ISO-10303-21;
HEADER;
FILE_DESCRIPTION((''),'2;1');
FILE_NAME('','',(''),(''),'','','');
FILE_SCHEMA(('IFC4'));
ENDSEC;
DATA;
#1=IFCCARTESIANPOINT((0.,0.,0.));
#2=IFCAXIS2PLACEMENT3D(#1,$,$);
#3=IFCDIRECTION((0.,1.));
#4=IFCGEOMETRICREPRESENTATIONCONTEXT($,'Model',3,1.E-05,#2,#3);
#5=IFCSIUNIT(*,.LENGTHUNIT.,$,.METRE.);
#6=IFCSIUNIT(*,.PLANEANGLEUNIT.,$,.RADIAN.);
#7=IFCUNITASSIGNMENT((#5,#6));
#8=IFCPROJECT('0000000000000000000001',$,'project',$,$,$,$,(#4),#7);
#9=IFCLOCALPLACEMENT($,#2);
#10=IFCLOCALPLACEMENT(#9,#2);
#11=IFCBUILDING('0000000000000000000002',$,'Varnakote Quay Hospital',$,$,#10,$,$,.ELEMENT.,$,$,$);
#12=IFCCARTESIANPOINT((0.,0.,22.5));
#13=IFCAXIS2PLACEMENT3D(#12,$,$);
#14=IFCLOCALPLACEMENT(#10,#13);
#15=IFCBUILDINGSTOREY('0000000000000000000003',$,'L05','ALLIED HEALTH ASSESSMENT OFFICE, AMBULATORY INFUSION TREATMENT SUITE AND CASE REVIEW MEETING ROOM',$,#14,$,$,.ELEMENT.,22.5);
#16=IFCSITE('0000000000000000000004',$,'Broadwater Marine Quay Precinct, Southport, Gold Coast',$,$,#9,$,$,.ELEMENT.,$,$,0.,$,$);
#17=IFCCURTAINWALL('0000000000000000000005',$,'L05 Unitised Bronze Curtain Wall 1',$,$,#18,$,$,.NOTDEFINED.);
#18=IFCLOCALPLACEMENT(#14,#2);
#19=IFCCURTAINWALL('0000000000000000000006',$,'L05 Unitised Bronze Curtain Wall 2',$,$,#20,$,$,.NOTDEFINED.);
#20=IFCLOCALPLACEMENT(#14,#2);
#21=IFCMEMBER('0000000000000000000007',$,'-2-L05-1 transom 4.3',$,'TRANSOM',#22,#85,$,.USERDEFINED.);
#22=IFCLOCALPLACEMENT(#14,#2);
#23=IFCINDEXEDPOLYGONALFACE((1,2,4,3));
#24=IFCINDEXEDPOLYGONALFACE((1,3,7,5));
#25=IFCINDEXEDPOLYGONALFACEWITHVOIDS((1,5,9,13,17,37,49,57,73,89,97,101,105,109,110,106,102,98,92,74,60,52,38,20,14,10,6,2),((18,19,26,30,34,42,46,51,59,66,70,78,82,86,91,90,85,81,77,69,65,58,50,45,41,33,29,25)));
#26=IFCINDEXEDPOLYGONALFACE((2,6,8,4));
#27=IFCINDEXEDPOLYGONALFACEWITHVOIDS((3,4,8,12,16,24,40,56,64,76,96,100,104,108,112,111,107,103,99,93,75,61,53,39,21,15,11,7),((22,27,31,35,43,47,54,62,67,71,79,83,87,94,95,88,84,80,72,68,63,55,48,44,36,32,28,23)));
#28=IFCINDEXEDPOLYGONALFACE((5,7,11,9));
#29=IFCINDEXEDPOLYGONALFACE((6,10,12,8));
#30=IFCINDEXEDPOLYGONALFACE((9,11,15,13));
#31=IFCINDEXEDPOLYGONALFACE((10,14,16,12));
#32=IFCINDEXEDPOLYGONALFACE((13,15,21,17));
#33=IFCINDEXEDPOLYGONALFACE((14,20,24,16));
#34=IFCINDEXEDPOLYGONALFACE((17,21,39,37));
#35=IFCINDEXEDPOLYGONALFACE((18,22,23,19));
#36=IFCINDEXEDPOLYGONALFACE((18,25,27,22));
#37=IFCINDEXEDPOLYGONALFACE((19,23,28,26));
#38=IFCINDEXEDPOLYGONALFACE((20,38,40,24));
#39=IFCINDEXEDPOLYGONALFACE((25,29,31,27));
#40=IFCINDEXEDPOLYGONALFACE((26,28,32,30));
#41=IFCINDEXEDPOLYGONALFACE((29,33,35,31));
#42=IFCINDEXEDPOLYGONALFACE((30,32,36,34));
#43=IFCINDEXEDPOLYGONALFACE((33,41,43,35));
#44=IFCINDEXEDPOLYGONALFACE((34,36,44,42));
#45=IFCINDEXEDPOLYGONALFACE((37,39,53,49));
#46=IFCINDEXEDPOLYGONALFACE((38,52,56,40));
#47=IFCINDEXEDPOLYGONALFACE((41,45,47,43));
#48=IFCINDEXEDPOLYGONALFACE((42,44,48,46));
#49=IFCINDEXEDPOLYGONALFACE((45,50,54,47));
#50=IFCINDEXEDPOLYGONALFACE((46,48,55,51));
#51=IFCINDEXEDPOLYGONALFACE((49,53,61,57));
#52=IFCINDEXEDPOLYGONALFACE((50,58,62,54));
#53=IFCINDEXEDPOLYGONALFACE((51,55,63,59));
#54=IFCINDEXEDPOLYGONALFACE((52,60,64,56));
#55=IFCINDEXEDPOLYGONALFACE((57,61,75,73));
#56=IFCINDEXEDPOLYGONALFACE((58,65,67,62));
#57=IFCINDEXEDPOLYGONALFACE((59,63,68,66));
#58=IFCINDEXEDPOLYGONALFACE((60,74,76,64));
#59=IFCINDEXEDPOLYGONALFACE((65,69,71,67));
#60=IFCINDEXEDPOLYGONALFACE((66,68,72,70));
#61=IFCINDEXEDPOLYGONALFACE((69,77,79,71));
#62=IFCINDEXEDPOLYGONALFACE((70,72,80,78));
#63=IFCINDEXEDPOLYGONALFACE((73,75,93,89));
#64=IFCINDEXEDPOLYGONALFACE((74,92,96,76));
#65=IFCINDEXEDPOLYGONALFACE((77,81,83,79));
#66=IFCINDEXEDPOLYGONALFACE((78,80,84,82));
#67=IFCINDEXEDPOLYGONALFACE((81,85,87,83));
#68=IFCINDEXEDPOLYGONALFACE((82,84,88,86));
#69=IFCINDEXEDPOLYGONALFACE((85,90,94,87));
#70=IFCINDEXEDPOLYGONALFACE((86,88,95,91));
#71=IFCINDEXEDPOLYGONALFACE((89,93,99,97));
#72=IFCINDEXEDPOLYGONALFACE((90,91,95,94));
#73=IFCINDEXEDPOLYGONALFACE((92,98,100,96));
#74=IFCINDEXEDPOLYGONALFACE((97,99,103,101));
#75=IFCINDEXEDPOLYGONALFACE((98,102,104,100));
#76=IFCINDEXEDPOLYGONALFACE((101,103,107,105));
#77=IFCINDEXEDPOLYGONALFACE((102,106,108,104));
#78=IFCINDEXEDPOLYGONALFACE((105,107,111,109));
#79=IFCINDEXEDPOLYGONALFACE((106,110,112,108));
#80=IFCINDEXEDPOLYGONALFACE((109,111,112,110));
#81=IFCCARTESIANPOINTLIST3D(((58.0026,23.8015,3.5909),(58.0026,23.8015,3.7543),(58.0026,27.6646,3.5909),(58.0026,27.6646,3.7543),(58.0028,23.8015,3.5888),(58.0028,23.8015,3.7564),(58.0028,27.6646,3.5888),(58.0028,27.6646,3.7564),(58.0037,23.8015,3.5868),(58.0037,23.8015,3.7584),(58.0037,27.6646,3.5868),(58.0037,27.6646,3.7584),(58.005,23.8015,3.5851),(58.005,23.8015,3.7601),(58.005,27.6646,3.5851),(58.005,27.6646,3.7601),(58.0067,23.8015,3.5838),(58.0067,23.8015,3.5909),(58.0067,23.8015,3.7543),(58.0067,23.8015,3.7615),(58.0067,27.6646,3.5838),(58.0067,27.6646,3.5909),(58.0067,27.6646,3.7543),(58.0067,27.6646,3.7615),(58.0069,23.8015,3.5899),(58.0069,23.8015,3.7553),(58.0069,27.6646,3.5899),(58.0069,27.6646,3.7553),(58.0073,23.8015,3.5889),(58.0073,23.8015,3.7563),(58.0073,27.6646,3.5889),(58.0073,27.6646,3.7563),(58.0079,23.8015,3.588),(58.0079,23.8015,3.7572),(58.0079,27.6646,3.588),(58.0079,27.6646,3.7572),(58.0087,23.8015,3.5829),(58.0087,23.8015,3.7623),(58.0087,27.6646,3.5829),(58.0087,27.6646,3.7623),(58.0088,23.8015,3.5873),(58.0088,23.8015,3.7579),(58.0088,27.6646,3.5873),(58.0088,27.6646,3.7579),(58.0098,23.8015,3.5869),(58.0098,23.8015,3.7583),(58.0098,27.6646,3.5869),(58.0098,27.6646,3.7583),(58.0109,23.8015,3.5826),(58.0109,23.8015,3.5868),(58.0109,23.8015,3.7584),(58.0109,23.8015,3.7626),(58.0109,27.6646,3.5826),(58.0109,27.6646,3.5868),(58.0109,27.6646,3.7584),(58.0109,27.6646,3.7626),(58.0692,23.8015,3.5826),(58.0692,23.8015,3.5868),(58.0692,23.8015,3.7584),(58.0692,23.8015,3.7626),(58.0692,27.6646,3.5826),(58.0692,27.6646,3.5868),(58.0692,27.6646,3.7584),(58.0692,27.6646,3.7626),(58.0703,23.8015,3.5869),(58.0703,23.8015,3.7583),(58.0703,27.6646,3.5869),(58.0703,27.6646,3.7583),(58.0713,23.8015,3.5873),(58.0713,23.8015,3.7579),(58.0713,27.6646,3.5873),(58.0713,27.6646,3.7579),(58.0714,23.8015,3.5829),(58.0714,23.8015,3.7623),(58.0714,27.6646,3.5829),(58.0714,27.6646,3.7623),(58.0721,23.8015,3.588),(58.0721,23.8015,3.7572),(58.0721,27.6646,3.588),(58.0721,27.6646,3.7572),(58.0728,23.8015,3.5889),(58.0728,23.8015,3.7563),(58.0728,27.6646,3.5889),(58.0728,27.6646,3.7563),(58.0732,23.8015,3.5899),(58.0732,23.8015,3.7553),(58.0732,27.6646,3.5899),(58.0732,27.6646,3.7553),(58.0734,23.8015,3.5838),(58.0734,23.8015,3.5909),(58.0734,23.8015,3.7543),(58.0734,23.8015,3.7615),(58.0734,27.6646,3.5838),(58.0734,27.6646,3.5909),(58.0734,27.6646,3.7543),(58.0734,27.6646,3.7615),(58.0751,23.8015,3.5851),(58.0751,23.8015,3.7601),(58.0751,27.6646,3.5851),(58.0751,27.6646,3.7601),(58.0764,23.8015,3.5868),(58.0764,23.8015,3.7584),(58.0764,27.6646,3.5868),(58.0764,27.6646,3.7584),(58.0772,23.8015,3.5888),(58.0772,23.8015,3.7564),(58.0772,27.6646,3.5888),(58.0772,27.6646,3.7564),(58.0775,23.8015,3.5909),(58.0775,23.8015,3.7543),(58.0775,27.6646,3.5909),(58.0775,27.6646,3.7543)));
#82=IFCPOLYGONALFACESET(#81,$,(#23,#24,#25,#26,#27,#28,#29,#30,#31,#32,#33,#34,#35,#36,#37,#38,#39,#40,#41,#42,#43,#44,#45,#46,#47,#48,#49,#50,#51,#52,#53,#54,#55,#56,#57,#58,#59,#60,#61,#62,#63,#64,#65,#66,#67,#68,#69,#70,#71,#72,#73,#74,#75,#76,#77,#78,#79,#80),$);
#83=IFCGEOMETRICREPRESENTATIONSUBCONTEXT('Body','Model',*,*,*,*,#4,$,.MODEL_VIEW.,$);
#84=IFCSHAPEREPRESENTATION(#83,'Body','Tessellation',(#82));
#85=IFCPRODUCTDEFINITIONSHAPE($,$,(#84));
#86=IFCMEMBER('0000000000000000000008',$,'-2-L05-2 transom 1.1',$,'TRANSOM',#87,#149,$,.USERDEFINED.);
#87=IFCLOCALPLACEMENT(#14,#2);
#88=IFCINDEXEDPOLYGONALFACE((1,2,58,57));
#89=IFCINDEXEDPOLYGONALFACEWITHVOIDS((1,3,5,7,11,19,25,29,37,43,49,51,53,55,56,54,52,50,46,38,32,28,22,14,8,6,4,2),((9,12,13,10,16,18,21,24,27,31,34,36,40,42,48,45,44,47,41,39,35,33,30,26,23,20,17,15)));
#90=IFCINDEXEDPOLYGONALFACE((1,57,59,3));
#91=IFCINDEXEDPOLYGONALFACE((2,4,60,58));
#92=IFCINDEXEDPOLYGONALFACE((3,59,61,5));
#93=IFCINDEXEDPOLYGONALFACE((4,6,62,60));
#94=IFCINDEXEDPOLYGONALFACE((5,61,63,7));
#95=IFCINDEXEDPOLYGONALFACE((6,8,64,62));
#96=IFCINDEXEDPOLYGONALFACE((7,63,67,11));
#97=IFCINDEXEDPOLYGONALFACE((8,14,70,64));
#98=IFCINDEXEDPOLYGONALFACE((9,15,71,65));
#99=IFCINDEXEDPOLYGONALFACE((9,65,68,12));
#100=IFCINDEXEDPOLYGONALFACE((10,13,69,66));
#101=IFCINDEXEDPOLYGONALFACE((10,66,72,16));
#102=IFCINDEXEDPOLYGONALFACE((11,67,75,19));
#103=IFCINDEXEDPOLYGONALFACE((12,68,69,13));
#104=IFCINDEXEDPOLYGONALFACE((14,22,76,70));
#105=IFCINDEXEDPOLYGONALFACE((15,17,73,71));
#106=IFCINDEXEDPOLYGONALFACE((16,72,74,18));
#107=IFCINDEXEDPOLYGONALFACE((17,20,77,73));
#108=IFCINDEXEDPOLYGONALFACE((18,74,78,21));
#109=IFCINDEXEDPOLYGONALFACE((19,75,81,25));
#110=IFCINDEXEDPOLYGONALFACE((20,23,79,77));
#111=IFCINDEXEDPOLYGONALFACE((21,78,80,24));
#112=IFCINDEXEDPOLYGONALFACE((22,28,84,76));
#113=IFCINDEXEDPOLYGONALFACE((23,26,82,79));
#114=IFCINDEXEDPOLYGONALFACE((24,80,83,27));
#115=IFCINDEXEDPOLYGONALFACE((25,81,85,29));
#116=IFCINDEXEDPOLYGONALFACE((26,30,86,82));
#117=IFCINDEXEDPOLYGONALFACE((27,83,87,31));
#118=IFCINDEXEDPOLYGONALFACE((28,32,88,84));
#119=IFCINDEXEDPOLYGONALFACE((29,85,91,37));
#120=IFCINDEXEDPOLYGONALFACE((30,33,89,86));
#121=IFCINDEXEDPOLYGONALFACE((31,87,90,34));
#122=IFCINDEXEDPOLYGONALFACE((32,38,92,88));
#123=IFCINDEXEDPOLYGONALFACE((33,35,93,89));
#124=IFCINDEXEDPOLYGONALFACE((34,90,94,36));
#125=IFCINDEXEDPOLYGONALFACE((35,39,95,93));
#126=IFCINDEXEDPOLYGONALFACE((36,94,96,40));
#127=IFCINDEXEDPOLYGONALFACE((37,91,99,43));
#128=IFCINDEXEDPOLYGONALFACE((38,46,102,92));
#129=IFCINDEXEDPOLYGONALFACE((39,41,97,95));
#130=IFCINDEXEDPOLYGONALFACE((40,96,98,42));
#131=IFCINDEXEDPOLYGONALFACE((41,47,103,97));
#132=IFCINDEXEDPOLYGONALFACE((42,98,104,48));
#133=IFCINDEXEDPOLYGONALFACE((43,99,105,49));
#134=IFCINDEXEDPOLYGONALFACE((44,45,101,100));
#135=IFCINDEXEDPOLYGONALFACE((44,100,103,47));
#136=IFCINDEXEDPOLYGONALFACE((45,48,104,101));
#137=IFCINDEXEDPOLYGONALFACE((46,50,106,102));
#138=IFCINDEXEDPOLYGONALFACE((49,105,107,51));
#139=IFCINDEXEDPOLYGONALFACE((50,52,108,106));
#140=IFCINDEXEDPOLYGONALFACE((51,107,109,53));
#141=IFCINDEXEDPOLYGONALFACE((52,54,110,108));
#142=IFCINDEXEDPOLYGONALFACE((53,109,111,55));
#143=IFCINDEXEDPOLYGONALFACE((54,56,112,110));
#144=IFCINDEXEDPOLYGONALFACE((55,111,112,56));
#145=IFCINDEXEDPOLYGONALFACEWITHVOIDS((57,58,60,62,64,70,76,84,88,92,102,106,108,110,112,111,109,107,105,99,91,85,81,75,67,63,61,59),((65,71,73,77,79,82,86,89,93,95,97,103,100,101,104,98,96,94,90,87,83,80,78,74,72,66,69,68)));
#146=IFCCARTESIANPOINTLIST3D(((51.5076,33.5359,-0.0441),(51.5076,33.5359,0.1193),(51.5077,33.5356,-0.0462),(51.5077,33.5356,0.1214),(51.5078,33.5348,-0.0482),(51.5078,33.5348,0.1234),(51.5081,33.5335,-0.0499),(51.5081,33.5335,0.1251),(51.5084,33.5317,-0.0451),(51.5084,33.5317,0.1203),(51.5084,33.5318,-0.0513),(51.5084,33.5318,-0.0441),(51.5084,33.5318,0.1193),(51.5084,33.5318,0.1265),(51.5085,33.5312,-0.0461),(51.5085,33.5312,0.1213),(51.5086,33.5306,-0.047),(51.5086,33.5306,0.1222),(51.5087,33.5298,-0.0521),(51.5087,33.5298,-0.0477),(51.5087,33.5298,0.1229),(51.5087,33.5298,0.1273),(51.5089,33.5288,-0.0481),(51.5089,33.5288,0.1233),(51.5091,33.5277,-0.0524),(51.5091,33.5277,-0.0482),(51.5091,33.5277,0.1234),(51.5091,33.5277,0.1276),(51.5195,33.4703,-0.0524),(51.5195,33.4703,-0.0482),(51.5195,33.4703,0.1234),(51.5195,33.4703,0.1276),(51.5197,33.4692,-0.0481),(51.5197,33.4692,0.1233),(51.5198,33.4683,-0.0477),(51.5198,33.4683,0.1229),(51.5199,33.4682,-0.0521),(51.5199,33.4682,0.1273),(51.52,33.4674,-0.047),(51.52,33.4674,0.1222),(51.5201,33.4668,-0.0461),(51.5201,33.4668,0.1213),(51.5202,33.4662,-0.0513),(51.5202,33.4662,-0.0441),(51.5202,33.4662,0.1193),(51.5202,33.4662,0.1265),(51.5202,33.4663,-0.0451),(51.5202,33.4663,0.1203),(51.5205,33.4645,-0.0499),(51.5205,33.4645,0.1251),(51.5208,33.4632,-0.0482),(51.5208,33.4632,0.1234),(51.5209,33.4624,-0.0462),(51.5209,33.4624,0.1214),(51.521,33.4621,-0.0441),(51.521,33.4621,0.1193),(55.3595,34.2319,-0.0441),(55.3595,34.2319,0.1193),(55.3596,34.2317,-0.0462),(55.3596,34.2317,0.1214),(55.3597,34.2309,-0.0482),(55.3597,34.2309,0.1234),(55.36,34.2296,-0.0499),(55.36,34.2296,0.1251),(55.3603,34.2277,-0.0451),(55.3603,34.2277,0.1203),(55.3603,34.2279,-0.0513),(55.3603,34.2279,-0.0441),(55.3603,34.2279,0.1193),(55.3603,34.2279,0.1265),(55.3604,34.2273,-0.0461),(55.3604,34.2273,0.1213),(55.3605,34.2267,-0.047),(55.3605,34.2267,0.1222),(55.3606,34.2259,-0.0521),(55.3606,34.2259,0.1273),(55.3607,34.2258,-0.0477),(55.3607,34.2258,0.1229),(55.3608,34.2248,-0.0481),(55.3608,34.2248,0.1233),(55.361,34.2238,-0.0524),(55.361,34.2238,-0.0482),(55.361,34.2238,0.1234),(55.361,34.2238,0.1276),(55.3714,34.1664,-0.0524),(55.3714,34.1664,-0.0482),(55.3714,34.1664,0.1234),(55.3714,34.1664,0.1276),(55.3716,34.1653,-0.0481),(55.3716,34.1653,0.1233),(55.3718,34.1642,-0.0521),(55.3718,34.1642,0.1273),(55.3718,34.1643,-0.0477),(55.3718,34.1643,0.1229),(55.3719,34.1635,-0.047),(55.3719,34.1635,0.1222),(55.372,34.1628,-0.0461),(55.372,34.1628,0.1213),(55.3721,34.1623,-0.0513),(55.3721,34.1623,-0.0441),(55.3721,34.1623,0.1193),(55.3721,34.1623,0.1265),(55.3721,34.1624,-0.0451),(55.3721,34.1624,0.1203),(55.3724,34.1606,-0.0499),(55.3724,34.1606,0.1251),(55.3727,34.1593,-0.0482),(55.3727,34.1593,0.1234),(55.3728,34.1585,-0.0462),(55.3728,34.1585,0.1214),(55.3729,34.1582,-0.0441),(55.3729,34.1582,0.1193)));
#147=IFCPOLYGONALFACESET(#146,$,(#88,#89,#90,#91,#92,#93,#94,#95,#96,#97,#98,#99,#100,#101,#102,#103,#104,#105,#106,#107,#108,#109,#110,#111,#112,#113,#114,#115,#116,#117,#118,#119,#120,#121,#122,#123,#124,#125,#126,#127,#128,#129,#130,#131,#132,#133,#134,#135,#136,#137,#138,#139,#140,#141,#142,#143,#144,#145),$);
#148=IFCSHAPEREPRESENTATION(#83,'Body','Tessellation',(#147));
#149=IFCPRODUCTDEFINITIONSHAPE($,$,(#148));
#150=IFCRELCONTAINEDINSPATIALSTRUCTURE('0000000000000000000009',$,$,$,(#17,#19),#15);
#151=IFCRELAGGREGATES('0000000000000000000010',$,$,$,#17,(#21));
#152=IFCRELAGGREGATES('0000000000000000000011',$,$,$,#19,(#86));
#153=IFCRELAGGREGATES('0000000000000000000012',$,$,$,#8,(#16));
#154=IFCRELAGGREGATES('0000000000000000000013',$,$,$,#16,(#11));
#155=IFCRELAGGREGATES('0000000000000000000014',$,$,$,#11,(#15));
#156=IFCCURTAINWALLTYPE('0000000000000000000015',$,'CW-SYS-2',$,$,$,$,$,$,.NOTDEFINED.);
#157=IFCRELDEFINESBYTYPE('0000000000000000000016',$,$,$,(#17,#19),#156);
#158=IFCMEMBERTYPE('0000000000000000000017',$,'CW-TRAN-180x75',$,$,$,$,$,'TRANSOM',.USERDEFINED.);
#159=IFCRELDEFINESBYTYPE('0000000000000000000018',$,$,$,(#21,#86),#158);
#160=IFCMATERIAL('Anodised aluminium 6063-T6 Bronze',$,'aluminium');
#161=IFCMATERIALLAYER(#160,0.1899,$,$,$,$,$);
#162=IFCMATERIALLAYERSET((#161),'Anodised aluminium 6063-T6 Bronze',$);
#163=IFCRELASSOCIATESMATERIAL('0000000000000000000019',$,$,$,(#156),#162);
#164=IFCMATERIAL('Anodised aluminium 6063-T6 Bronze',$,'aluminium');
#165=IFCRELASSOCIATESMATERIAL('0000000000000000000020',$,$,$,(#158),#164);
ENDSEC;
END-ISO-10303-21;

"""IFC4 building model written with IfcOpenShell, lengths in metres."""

from ifc_helpers import new_model, si_unit, direction, frame, origin, origin_2d, place, context, subcontext, project, spatial, hollow_rectangle, extrude, material, layer, layer_set, material_profile, profile_set, type_object, element, aggregate, save


model = new_model("IFC4")

# Units and contexts
model_context = context("Model", 3, precision=1e-05, world=origin(), true_north=direction((0.0, 1.0)))
body_context = subcontext(model_context, "Body", "Model", "MODEL_VIEW")
ifc_project = project(units=[si_unit("LENGTHUNIT", "METRE"), si_unit("PLANEANGLEUNIT", "RADIAN")], contexts=[model_context])

# Site, building, storey
site_placement = place(None, origin())
site = spatial("IfcSite", under=ifc_project, at=site_placement, Name="Broadwater Marine Quay Precinct, Southport, Gold Coast", CompositionType="ELEMENT", RefElevation=0.0)
building_placement = place(site_placement, origin())
building = spatial("IfcBuilding", under=site, at=building_placement, Name="Varnakote Quay Hospital", CompositionType="ELEMENT")
storey_placement = place(building_placement, frame((0.0, 0.0, 22.5)))
storey = spatial("IfcBuildingStorey", under=building, at=storey_placement, Name="L05", Description="ALLIED HEALTH ASSESSMENT OFFICE, AMBULATORY INFUSION TREATMENT SUITE AND CASE REVIEW MEETING ROOM", CompositionType="ELEMENT", Elevation=22.5)

# Curtain wall
ifc_material_1 = material(Name="Anodised aluminium 6063-T6 Bronze", Category="aluminium")
ifc_layer_1 = layer(ifc_material_1, 0.1899)
ifc_layer_set_1 = layer_set([ifc_layer_1], Name="Anodised aluminium 6063-T6 Bronze")
curtain_wall_type = type_object("IfcCurtainWallType", Name="CW-SYS-2", PredefinedType="NOTDEFINED", material=ifc_layer_set_1)
curtain_wall_1_placement = place(storey_placement, origin())
curtain_wall_1 = element("IfcCurtainWall", 1, at=curtain_wall_1_placement, inside=storey, type_object=curtain_wall_type, Name="L05 Unitised Bronze Curtain Wall 1", PredefinedType="NOTDEFINED")

# Curtain wall
curtain_wall_2_placement = place(storey_placement, origin())
curtain_wall_2 = element("IfcCurtainWall", 2, at=curtain_wall_2_placement, inside=storey, type_object=curtain_wall_type, Name="L05 Unitised Bronze Curtain Wall 2", PredefinedType="NOTDEFINED")

# Members
ifc_material_2 = material(Name="Anodised aluminium 6063-T6 Bronze", Category="aluminium")
ifc_material_profile_1 = material_profile(ifc_material_2, hollow_rectangle(XDim=0.075, YDim=0.1799, WallThickness=0.0042, InnerFilletRadius=0.0042, OuterFilletRadius=0.0083, at=origin_2d()), Name="CW-TRAN-180x75")
ifc_profile_set_1 = profile_set([ifc_material_profile_1], Name="Anodised aluminium 6063-T6 Bronze")
member_type_1 = type_object("IfcMemberType", Name="CW-TRAN-180x75", ElementType="TRANSOM", PredefinedType="USERDEFINED", material=ifc_profile_set_1)
member_1_placement = place(storey_placement, frame((58.04, 23.8015, 3.6726), z_axis=(0.0, 1.0, 0.0), x_axis=(-1.0, 0.0, 0.0)))
member_1 = element("IfcMember", 3, at=member_1_placement, type_object=member_type_1, Name="-2-L05-1 transom 4.3", ObjectType="TRANSOM", PredefinedType="USERDEFINED", context=body_context, shape_type="SweptSolid", body=[
    extrude(hollow_rectangle(XDim=0.075, YDim=0.1799, WallThickness=0.0042, InnerFilletRadius=0.0042, OuterFilletRadius=0.0083, at=origin_2d()), origin(), (0.0, 0.0, 1.0), 3.863),
])
member_2_placement = place(storey_placement, frame((55.3662, 34.1951, 0.0376), z_axis=(-0.984062, -0.177826, 0.0), x_axis=(0.177826, -0.984062, 0.0)))
member_2 = element("IfcMember", 4, at=member_2_placement, type_object=member_type_1, Name="-2-L05-2 transom 1.1", ObjectType="TRANSOM", PredefinedType="USERDEFINED", context=body_context, shape_type="SweptSolid", body=[
    extrude(hollow_rectangle(XDim=0.075, YDim=0.1799, WallThickness=0.0042, InnerFilletRadius=0.0042, OuterFilletRadius=0.0083, at=origin_2d()), origin(), (0.0, 0.0, 1.0), 3.9143),
])

aggregate(curtain_wall_1, [member_1])
aggregate(curtain_wall_2, [member_2])

save(model, "model.ifc")
